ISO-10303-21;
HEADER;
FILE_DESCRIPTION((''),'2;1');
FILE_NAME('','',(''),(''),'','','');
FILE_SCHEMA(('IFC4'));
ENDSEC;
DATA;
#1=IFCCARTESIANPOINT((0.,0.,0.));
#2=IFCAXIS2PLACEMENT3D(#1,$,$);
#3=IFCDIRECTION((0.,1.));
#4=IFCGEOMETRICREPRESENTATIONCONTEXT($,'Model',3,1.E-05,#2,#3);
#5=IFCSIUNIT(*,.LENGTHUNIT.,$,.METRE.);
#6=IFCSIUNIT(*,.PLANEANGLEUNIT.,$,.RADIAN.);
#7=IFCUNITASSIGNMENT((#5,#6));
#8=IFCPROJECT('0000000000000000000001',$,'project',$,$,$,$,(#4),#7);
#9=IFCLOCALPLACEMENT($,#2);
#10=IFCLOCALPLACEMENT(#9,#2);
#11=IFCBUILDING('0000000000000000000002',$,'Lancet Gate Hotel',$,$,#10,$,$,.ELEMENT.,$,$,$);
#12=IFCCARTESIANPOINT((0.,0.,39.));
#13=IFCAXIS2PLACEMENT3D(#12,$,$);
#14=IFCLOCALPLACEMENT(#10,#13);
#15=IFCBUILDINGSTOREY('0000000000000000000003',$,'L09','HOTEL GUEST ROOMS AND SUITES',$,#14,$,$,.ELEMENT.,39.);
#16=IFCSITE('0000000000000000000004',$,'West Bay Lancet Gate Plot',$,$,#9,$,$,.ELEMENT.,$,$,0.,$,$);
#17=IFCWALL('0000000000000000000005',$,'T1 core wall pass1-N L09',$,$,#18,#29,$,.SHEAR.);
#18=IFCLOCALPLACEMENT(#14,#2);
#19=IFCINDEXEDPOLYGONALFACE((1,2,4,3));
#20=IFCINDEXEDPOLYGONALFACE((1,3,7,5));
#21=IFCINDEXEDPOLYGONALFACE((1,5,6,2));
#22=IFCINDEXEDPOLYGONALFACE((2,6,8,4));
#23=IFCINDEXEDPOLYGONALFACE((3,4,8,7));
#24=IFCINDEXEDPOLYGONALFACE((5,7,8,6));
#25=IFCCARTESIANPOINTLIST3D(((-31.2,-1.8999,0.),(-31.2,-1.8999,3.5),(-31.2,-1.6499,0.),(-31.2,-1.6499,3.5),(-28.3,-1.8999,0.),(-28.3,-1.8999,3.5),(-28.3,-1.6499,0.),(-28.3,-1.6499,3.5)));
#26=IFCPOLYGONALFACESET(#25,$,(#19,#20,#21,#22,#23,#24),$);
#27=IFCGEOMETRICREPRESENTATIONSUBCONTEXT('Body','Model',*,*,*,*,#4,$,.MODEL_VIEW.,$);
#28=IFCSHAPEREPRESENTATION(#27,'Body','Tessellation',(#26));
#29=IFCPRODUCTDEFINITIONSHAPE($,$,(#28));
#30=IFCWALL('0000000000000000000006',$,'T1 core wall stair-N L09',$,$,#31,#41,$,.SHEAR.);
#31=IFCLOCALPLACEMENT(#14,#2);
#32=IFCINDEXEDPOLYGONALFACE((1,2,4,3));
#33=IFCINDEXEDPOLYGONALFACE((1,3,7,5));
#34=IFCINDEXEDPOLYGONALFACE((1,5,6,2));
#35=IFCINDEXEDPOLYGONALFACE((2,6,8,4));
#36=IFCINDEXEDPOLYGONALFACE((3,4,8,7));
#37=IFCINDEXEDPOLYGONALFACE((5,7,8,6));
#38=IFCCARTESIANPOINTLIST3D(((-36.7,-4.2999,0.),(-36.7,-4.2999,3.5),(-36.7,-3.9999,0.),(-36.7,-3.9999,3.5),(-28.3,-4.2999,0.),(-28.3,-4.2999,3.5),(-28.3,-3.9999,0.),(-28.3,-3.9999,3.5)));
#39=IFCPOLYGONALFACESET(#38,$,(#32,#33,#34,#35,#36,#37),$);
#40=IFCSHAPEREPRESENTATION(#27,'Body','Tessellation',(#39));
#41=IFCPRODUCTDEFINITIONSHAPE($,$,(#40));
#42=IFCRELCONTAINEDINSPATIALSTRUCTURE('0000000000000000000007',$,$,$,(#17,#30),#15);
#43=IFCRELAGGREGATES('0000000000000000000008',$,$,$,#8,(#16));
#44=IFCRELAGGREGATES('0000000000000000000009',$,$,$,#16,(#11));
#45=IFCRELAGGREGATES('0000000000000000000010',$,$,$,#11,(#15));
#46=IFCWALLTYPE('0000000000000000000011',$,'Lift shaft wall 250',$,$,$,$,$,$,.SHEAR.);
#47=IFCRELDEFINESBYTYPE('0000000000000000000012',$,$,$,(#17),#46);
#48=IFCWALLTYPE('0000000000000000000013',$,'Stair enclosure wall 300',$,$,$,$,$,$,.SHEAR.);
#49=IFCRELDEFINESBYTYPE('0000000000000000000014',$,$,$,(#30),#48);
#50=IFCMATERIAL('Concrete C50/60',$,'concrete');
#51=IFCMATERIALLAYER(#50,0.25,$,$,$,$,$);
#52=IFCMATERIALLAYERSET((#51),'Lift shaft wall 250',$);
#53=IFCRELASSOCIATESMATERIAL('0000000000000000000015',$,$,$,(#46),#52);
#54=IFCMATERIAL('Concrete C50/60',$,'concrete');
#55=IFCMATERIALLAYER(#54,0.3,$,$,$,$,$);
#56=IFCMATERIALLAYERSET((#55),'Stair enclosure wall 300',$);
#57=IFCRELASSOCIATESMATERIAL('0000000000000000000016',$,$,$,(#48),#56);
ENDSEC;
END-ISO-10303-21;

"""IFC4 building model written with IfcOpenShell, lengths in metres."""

from ifc_helpers import new_model, si_unit, direction, frame, frame_2d, origin, place, context, subcontext, project, spatial, rectangle, extrude, material, layer, layer_set, type_object, element, save


model = new_model("IFC4")

# Units and contexts
model_context = context("Model", 3, precision=1e-05, world=origin(), true_north=direction((0.0, 1.0)))
body_context = subcontext(model_context, "Body", "Model", "MODEL_VIEW")
ifc_project = project(units=[si_unit("LENGTHUNIT", "METRE"), si_unit("PLANEANGLEUNIT", "RADIAN")], contexts=[model_context])

# Site, building, storey
site_placement = place(None, origin())
site = spatial("IfcSite", under=ifc_project, at=site_placement, Name="West Bay Lancet Gate Plot", CompositionType="ELEMENT", RefElevation=0.0)
building_placement = place(site_placement, origin())
building = spatial("IfcBuilding", under=site, at=building_placement, Name="Lancet Gate Hotel", CompositionType="ELEMENT")
storey_placement = place(building_placement, frame((0.0, 0.0, 39.0)))
storey = spatial("IfcBuildingStorey", under=building, at=storey_placement, Name="L09", Description="HOTEL GUEST ROOMS AND SUITES", CompositionType="ELEMENT", Elevation=39.0)

# Walls
ifc_material_1 = material(Name="Concrete C50/60", Category="concrete")
ifc_layer_1 = layer(ifc_material_1, 0.25)
ifc_layer_set_1 = layer_set([ifc_layer_1], Name="Lift shaft wall 250")
wall_type_1 = type_object("IfcWallType", Name="Lift shaft wall 250", PredefinedType="SHEAR", material=ifc_layer_set_1)
wall_1_placement = place(storey_placement, frame((-28.3, -1.7749, 0.0), z_axis=(0.0, 0.0, 1.0), x_axis=(-1.0, 0.0, 0.0)))
element("IfcWall", 1, at=wall_1_placement, inside=storey, type_object=wall_type_1, Name="T1 core wall pass1-N L09", PredefinedType="SHEAR", context=body_context, shape_type="SweptSolid", body=[
    extrude(rectangle(XDim=2.8999, YDim=0.25, at=frame_2d((1.45, 0.0))), origin(), (0.0, 0.0, 1.0), 3.5),
])
ifc_material_2 = material(Name="Concrete C50/60", Category="concrete")
ifc_layer_2 = layer(ifc_material_2, 0.3)
ifc_layer_set_2 = layer_set([ifc_layer_2], Name="Stair enclosure wall 300")
wall_type_2 = type_object("IfcWallType", Name="Stair enclosure wall 300", PredefinedType="SHEAR", material=ifc_layer_set_2)
wall_2_placement = place(storey_placement, frame((-28.3, -4.1499, 0.0), z_axis=(0.0, 0.0, 1.0), x_axis=(-1.0, 0.0, 0.0)))
element("IfcWall", 2, at=wall_2_placement, inside=storey, type_object=wall_type_2, Name="T1 core wall stair-N L09", PredefinedType="SHEAR", context=body_context, shape_type="SweptSolid", body=[
    extrude(rectangle(XDim=8.3999, YDim=0.3, at=frame_2d((4.2, 0.0))), origin(), (0.0, 0.0, 1.0), 3.5),
])

save(model, "model.ifc")
